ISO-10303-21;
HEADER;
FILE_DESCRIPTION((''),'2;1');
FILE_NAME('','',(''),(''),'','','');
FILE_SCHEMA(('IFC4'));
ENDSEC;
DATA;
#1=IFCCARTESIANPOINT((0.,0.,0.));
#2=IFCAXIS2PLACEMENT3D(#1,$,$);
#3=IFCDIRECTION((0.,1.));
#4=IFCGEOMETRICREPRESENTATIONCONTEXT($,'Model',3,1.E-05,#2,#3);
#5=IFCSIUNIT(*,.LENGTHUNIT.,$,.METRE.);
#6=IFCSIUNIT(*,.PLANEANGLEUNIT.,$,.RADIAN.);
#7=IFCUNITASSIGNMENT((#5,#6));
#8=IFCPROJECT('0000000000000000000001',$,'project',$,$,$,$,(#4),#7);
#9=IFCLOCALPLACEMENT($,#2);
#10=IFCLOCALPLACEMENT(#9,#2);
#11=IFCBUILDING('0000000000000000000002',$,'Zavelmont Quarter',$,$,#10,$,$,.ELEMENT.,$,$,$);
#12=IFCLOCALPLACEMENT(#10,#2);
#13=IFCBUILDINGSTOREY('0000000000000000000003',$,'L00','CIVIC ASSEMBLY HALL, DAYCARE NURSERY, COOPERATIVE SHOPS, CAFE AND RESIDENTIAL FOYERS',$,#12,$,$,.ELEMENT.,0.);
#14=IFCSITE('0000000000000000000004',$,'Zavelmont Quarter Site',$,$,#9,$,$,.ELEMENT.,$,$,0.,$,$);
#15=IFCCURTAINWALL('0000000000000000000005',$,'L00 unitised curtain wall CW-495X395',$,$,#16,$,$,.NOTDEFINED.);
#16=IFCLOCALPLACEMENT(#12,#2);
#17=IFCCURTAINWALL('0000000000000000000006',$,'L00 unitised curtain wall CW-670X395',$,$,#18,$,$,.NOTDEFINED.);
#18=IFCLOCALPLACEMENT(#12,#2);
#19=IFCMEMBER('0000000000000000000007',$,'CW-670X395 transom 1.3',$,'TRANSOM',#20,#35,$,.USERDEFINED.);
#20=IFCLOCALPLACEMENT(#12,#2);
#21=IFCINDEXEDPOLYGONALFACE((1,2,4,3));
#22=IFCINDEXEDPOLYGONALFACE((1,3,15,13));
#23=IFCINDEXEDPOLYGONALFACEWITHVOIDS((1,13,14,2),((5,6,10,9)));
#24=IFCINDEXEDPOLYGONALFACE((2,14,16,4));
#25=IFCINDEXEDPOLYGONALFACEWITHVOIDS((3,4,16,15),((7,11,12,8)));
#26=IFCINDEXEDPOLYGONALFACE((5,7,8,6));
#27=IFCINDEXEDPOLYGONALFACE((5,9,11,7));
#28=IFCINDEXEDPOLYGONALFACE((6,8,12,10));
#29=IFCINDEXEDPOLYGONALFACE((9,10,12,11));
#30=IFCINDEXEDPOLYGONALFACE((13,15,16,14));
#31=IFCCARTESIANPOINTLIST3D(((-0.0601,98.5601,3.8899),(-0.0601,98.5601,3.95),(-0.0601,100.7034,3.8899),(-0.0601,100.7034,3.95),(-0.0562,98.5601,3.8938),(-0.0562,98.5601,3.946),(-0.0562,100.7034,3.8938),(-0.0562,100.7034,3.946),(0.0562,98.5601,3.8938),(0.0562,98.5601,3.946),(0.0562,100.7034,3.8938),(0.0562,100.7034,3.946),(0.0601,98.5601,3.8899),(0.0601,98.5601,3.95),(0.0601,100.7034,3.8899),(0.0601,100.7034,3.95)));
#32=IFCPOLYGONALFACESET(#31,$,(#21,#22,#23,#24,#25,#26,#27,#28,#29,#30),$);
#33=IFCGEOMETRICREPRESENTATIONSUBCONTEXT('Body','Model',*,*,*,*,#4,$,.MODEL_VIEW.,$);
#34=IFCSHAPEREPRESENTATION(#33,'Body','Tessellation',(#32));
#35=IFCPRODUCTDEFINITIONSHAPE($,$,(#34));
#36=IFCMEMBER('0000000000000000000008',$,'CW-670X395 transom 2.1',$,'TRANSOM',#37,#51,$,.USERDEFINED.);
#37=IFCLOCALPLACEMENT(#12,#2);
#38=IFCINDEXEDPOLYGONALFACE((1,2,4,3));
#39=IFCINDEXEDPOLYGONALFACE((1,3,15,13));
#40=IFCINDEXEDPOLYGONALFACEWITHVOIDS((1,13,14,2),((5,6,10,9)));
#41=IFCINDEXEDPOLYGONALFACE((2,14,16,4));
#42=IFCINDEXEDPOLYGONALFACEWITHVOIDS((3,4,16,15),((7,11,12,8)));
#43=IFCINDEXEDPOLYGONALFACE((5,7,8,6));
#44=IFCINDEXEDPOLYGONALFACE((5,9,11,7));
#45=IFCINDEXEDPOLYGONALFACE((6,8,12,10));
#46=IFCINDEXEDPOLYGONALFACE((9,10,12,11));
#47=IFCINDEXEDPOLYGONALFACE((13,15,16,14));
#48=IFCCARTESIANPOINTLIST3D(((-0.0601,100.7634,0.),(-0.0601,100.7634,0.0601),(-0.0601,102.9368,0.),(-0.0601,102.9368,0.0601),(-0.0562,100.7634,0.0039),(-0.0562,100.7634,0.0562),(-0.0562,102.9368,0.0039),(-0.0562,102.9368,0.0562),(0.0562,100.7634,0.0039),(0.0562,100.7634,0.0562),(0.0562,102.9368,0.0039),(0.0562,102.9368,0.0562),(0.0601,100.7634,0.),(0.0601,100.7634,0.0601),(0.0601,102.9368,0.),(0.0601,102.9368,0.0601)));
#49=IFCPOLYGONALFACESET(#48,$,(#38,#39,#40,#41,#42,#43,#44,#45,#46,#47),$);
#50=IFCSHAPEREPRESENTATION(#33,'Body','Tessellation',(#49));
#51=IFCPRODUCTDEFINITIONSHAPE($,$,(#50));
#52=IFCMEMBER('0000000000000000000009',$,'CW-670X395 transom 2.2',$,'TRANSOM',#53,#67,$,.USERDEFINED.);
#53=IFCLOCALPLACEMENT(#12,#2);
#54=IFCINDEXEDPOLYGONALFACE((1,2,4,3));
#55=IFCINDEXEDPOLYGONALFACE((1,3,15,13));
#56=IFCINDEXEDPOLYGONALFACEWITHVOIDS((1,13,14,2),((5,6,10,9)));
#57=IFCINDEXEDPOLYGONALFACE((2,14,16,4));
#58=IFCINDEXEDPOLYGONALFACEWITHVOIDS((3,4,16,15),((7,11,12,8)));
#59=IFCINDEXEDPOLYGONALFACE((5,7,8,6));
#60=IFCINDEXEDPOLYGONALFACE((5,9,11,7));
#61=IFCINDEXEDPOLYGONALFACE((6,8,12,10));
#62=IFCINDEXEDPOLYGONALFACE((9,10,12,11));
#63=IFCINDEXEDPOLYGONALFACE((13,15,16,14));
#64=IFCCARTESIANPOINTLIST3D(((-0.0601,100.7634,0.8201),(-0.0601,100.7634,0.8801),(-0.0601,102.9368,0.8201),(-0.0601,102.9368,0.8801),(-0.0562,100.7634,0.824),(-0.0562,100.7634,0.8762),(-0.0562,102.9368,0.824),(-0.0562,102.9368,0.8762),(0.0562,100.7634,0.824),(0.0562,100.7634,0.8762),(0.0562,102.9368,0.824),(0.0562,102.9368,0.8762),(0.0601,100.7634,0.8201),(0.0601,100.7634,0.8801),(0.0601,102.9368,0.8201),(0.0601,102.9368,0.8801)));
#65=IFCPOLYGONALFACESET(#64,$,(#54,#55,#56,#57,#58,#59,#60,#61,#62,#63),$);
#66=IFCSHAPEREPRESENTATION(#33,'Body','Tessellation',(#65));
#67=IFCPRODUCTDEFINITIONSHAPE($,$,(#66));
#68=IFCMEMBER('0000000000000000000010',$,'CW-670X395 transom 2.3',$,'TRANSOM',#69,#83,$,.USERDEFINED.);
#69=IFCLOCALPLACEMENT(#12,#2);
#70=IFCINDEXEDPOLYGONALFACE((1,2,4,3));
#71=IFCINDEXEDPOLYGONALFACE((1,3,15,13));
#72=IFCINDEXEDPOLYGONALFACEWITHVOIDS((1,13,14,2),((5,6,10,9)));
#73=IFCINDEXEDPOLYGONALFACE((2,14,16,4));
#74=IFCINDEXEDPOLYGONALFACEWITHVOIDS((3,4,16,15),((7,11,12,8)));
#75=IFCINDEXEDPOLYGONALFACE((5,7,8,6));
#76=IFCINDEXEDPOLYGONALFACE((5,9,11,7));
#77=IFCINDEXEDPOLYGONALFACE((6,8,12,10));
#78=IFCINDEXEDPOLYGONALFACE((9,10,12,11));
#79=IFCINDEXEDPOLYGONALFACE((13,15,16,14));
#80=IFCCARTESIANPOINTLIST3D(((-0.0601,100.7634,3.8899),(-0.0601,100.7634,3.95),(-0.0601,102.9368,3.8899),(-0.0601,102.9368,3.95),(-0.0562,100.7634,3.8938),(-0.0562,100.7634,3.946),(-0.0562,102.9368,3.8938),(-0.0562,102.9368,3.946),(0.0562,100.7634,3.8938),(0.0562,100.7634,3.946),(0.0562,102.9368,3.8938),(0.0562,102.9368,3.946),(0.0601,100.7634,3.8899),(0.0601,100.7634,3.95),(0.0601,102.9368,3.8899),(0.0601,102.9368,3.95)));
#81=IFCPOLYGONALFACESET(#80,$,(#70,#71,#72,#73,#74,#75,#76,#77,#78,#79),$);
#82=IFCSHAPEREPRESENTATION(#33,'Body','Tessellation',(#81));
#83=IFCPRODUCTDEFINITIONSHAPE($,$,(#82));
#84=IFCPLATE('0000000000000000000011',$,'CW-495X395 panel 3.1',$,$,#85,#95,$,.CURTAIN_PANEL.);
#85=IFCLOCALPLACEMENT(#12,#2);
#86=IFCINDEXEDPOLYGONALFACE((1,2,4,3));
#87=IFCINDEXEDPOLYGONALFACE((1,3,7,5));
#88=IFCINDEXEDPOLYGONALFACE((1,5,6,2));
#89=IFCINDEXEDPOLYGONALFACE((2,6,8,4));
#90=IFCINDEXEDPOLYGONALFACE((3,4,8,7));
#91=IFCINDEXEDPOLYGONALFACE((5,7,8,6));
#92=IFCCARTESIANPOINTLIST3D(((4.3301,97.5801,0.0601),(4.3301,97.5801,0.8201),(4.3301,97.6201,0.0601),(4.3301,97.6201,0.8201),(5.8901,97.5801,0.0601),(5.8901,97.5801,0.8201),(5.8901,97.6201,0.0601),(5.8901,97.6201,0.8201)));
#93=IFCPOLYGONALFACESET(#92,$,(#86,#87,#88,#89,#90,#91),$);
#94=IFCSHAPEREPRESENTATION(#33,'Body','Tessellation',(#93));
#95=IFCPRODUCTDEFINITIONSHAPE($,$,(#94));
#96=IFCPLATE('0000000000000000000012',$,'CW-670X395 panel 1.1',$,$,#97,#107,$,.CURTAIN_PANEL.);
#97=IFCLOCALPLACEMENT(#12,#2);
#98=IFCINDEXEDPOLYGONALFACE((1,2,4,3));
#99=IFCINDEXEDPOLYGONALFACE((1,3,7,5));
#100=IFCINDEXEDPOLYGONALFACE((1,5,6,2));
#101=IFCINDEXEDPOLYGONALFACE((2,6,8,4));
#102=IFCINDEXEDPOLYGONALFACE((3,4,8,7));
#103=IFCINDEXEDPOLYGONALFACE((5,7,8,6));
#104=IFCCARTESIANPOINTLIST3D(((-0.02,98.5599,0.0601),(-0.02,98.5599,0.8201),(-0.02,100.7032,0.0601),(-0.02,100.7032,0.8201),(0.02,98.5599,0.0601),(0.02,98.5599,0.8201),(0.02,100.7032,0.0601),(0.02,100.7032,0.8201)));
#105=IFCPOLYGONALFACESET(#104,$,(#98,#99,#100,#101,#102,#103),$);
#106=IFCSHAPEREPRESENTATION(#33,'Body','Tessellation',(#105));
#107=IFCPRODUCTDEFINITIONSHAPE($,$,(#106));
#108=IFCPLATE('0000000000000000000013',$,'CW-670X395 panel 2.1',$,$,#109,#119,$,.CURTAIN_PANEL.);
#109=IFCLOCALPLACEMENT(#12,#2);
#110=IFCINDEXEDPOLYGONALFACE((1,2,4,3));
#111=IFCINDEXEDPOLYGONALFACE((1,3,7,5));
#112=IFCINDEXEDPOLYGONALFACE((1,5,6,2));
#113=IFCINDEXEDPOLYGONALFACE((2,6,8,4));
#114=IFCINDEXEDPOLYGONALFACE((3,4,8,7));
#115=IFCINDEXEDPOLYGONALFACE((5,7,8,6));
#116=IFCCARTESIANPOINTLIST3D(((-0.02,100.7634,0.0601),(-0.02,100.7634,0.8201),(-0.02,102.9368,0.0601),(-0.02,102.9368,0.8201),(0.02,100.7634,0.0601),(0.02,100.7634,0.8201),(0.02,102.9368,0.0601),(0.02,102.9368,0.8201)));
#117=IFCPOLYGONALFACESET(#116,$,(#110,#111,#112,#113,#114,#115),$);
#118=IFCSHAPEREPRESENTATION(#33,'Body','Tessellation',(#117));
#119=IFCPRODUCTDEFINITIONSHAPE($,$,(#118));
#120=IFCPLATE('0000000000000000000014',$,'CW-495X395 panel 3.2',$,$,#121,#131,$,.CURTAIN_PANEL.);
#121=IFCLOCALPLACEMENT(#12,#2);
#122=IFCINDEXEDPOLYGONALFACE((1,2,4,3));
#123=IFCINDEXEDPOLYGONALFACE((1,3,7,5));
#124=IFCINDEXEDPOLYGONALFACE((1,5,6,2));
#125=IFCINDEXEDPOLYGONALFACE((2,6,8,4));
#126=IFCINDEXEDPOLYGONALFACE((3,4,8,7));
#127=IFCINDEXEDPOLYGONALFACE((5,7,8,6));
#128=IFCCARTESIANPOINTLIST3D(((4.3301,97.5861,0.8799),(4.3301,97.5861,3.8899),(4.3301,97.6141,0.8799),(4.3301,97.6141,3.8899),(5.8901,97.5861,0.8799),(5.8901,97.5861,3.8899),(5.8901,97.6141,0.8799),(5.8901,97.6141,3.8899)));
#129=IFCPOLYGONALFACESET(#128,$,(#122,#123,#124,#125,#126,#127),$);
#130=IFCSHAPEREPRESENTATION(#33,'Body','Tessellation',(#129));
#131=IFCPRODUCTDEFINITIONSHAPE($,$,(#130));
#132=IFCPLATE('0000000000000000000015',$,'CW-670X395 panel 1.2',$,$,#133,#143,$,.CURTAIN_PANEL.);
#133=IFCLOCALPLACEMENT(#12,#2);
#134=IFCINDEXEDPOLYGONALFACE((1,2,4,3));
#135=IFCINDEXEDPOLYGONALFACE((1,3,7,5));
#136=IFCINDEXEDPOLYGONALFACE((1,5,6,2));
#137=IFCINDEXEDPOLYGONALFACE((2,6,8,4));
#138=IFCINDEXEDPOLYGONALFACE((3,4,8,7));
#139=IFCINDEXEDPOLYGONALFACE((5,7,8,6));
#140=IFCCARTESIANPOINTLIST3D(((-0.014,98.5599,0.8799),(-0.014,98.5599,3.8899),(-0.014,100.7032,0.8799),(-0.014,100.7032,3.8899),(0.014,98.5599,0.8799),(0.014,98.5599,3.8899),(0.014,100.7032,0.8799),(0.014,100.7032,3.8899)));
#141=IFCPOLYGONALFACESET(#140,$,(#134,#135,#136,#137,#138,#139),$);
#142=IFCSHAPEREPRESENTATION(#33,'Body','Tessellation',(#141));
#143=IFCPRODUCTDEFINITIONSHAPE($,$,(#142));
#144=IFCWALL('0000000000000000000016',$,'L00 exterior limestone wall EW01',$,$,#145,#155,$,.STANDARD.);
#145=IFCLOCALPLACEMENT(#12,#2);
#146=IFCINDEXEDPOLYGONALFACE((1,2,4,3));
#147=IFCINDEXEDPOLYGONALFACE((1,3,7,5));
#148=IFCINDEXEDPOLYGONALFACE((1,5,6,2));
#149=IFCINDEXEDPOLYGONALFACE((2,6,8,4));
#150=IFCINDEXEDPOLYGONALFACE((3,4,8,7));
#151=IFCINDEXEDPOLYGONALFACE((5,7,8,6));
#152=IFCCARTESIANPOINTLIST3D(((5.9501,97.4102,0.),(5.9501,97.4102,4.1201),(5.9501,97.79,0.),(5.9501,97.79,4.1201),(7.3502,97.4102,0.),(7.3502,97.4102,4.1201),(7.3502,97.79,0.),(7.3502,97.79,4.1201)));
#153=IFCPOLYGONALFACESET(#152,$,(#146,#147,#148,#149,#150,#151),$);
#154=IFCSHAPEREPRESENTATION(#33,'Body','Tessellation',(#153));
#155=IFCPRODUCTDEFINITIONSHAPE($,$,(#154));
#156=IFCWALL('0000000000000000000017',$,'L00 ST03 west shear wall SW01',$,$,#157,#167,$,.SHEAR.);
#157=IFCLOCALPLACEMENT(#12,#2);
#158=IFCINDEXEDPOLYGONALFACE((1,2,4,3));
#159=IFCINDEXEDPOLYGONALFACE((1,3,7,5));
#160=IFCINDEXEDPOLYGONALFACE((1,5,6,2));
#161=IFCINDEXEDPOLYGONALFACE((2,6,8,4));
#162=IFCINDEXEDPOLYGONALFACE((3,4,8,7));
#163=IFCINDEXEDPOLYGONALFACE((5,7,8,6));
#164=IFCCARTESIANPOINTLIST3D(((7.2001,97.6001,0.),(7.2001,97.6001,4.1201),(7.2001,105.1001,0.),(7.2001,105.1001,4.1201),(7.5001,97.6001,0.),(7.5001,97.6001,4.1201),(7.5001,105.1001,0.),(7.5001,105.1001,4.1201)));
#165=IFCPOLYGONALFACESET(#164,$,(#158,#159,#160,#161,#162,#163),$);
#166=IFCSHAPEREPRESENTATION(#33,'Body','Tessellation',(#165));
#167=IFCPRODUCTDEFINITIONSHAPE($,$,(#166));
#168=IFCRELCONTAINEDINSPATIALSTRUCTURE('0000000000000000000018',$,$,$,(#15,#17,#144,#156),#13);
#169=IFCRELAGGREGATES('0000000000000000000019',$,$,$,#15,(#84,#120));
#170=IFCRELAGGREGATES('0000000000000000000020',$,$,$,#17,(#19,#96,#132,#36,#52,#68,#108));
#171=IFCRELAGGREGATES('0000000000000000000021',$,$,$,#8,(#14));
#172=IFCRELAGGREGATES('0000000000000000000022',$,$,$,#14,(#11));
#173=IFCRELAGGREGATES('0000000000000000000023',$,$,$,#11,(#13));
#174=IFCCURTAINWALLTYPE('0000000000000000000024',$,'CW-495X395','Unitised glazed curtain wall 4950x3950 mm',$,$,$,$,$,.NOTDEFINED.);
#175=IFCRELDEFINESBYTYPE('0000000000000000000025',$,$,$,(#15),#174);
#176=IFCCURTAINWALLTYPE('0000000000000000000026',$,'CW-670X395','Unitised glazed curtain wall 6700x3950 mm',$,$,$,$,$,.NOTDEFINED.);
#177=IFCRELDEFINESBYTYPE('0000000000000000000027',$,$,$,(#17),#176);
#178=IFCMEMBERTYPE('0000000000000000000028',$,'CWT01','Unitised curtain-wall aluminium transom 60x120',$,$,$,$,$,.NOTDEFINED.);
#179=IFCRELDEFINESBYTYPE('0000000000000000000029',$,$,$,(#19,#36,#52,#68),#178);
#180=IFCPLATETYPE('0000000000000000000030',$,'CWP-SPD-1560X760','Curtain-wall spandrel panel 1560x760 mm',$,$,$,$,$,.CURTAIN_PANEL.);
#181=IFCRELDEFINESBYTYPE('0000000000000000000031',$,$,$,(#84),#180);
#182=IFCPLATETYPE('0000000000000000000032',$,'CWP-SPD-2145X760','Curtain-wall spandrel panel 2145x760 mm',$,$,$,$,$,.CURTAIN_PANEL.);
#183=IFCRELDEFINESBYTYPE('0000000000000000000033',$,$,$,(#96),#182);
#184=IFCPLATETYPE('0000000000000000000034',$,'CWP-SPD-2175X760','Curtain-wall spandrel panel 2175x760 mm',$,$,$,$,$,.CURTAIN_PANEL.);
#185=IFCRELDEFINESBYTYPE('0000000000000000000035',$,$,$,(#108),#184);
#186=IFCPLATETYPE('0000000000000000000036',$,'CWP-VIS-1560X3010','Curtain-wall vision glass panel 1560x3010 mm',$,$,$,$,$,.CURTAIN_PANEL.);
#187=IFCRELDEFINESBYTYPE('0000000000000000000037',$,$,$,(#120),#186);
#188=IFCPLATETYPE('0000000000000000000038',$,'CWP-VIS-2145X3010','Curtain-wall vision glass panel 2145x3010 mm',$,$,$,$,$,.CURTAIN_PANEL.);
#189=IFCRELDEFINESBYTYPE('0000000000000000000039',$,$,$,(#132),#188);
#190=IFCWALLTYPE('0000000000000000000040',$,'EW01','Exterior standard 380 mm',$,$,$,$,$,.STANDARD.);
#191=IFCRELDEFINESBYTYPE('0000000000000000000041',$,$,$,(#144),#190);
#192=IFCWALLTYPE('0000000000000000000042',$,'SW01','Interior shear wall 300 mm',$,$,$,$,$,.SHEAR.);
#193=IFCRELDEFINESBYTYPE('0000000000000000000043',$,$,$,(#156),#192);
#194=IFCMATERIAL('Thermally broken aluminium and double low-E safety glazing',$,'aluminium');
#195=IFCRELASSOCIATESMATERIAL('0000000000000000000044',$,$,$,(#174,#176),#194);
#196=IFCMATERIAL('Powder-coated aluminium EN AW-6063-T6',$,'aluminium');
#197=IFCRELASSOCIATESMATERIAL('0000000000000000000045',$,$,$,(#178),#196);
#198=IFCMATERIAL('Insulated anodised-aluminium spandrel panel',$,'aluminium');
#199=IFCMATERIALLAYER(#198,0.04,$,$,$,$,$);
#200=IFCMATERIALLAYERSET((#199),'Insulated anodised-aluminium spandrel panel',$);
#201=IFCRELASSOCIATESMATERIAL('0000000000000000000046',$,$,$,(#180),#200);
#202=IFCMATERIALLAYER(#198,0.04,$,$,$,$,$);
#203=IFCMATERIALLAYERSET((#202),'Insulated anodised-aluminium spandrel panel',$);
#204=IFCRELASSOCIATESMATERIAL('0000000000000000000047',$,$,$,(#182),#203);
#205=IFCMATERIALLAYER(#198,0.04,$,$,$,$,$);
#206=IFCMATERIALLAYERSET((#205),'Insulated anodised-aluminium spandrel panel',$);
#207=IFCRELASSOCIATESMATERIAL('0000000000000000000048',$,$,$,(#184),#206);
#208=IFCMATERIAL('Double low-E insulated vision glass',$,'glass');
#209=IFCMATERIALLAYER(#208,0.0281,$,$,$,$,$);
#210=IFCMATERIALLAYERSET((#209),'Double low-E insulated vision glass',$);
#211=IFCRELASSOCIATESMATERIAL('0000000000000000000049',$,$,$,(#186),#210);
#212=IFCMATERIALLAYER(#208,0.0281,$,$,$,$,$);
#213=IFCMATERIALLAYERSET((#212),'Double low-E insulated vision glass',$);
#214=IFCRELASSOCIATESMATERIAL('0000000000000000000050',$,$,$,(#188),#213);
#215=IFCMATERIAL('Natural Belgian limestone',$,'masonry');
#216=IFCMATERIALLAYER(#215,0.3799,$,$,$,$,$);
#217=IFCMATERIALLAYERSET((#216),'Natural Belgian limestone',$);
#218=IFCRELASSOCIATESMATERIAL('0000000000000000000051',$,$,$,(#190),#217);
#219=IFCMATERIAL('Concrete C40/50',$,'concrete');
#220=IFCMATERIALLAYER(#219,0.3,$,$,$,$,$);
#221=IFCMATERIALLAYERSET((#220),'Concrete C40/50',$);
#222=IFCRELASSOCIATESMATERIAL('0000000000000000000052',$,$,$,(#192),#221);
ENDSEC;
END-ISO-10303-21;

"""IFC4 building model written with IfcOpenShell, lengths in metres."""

from ifc_helpers import new_model, si_unit, direction, frame, frame_2d, origin, origin_2d, place, context, subcontext, project, spatial, rectangle, hollow_rectangle, extrude, material, layer, layer_set, material_profile, profile_set, type_object, element, aggregate, save


model = new_model("IFC4")

# Units and contexts
model_context = context("Model", 3, precision=1e-05, world=origin(), true_north=direction((0.0, 1.0)))
body_context = subcontext(model_context, "Body", "Model", "MODEL_VIEW")
ifc_project = project(units=[si_unit("LENGTHUNIT", "METRE"), si_unit("PLANEANGLEUNIT", "RADIAN")], contexts=[model_context])

# Site, building, storey
site_placement = place(None, origin())
site = spatial("IfcSite", under=ifc_project, at=site_placement, Name="Zavelmont Quarter Site", CompositionType="ELEMENT", RefElevation=0.0)
building_placement = place(site_placement, origin())
building = spatial("IfcBuilding", under=site, at=building_placement, Name="Zavelmont Quarter", CompositionType="ELEMENT")
storey_placement = place(building_placement, origin())
storey = spatial("IfcBuildingStorey", under=building, at=storey_placement, Name="L00", Description="CIVIC ASSEMBLY HALL, DAYCARE NURSERY, COOPERATIVE SHOPS, CAFE AND RESIDENTIAL FOYERS", CompositionType="ELEMENT", Elevation=0.0)

# Shared definitions
ifc_material_1 = material(Name="Concrete C40/50", Category="concrete")

# Curtain wall
ifc_material_2 = material(Name="Thermally broken aluminium and double low-E safety glazing", Category="aluminium")
curtain_wall_type_1 = type_object("IfcCurtainWallType", Name="CW-495X395", Description="Unitised glazed curtain wall 4950x3950 mm", PredefinedType="NOTDEFINED", material=ifc_material_2)
curtain_wall_1_placement = place(storey_placement, origin())
curtain_wall_1 = element("IfcCurtainWall", 1, at=curtain_wall_1_placement, inside=storey, type_object=curtain_wall_type_1, Name="L00 unitised curtain wall CW-495X395", PredefinedType="NOTDEFINED")
ifc_material_3 = material(Name="Powder-coated aluminium EN AW-6063-T6", Category="aluminium")

# Curtain wall, members
curtain_wall_type_2 = type_object("IfcCurtainWallType", Name="CW-670X395", Description="Unitised glazed curtain wall 6700x3950 mm", PredefinedType="NOTDEFINED", material=ifc_material_2)
curtain_wall_2_placement = place(storey_placement, origin())
curtain_wall_2 = element("IfcCurtainWall", 2, at=curtain_wall_2_placement, inside=storey, type_object=curtain_wall_type_2, Name="L00 unitised curtain wall CW-670X395", PredefinedType="NOTDEFINED")
ifc_material_profile_1 = material_profile(ifc_material_3, hollow_rectangle(XDim=0.1201, YDim=0.0601, WallThickness=0.0039, at=origin_2d()), Name="CWT60X120")
ifc_profile_set_1 = profile_set([ifc_material_profile_1], Name="Powder-coated aluminium EN AW-6063-T6")
member_type_1 = type_object("IfcMemberType", Name="CWT01", Description="Unitised curtain-wall aluminium transom 60x120", PredefinedType="NOTDEFINED", material=ifc_profile_set_1)
member_1_placement = place(storey_placement, frame((0.0, 98.5601, 3.9199), z_axis=(0.0, 1.0, 0.0), x_axis=(-1.0, 0.0, 0.0)))
member_1 = element("IfcMember", 3, at=member_1_placement, type_object=member_type_1, Name="CW-670X395 transom 1.3", ObjectType="TRANSOM", PredefinedType="USERDEFINED", context=body_context, shape_type="SweptSolid", body=[
    extrude(hollow_rectangle(XDim=0.1201, YDim=0.0601, WallThickness=0.0039, at=origin_2d()), origin(), (0.0, 0.0, 1.0), 2.1433),
])
member_2_placement = place(storey_placement, frame((0.0, 100.7634, 0.03), z_axis=(0.0, 1.0, 0.0), x_axis=(-1.0, 0.0, 0.0)))
member_2 = element("IfcMember", 4, at=member_2_placement, type_object=member_type_1, Name="CW-670X395 transom 2.1", ObjectType="TRANSOM", PredefinedType="USERDEFINED", context=body_context, shape_type="SweptSolid", body=[
    extrude(hollow_rectangle(XDim=0.1201, YDim=0.0601, WallThickness=0.0039, at=origin_2d()), origin(), (0.0, 0.0, 1.0), 2.1733),
])
member_3_placement = place(storey_placement, frame((0.0, 100.7634, 0.8501), z_axis=(0.0, 1.0, 0.0), x_axis=(-1.0, 0.0, 0.0)))
member_3 = element("IfcMember", 5, at=member_3_placement, type_object=member_type_1, Name="CW-670X395 transom 2.2", ObjectType="TRANSOM", PredefinedType="USERDEFINED", context=body_context, shape_type="SweptSolid", body=[
    extrude(hollow_rectangle(XDim=0.1201, YDim=0.0601, WallThickness=0.0039, at=origin_2d()), origin(), (0.0, 0.0, 1.0), 2.1733),
])
member_4_placement = place(storey_placement, frame((0.0, 100.7634, 3.9199), z_axis=(0.0, 1.0, 0.0), x_axis=(-1.0, 0.0, 0.0)))
member_4 = element("IfcMember", 6, at=member_4_placement, type_object=member_type_1, Name="CW-670X395 transom 2.3", ObjectType="TRANSOM", PredefinedType="USERDEFINED", context=body_context, shape_type="SweptSolid", body=[
    extrude(hollow_rectangle(XDim=0.1201, YDim=0.0601, WallThickness=0.0039, at=origin_2d()), origin(), (0.0, 0.0, 1.0), 2.1733),
])

# Plates
ifc_material_4 = material(Name="Insulated anodised-aluminium spandrel panel", Category="aluminium")
ifc_layer_1 = layer(ifc_material_4, 0.04)
ifc_layer_set_1 = layer_set([ifc_layer_1], Name="Insulated anodised-aluminium spandrel panel")
plate_type_1 = type_object("IfcPlateType", Name="CWP-SPD-1560X760", Description="Curtain-wall spandrel panel 1560x760 mm", PredefinedType="CURTAIN_PANEL", material=ifc_layer_set_1)
plate_1_placement = place(storey_placement, frame((5.1101, 97.6001, 0.0601), z_axis=(0.0, 0.0, 1.0), x_axis=(1.0, 0.0, 0.0)))
plate_1 = element("IfcPlate", 7, at=plate_1_placement, type_object=plate_type_1, Name="CW-495X395 panel 3.1", PredefinedType="CURTAIN_PANEL", context=body_context, shape_type="SweptSolid", body=[
    extrude(rectangle(XDim=1.5601, YDim=0.04, at=origin_2d()), origin(), (0.0, 0.0, 1.0), 0.76),
])
ifc_layer_2 = layer(ifc_material_4, 0.04)
ifc_layer_set_2 = layer_set([ifc_layer_2], Name="Insulated anodised-aluminium spandrel panel")
plate_type_2 = type_object("IfcPlateType", Name="CWP-SPD-2145X760", Description="Curtain-wall spandrel panel 2145x760 mm", PredefinedType="CURTAIN_PANEL", material=ifc_layer_set_2)
plate_2_placement = place(storey_placement, frame((0.0, 99.6316, 0.0601), z_axis=(0.0, 0.0, 1.0), x_axis=(0.0, 1.0, 0.0)))
plate_2 = element("IfcPlate", 8, at=plate_2_placement, type_object=plate_type_2, Name="CW-670X395 panel 1.1", PredefinedType="CURTAIN_PANEL", context=body_context, shape_type="SweptSolid", body=[
    extrude(rectangle(XDim=2.1433, YDim=0.04, at=origin_2d()), origin(), (0.0, 0.0, 1.0), 0.76),
])
ifc_layer_3 = layer(ifc_material_4, 0.04)
ifc_layer_set_3 = layer_set([ifc_layer_3], Name="Insulated anodised-aluminium spandrel panel")
plate_type_3 = type_object("IfcPlateType", Name="CWP-SPD-2175X760", Description="Curtain-wall spandrel panel 2175x760 mm", PredefinedType="CURTAIN_PANEL", material=ifc_layer_set_3)
plate_3_placement = place(storey_placement, frame((0.0, 101.8501, 0.0601), z_axis=(0.0, 0.0, 1.0), x_axis=(0.0, 1.0, 0.0)))
plate_3 = element("IfcPlate", 9, at=plate_3_placement, type_object=plate_type_3, Name="CW-670X395 panel 2.1", PredefinedType="CURTAIN_PANEL", context=body_context, shape_type="SweptSolid", body=[
    extrude(rectangle(XDim=2.1733, YDim=0.04, at=origin_2d()), origin(), (0.0, 0.0, 1.0), 0.76),
])
ifc_material_5 = material(Name="Double low-E insulated vision glass", Category="glass")
ifc_layer_4 = layer(ifc_material_5, 0.0281)
ifc_layer_set_4 = layer_set([ifc_layer_4], Name="Double low-E insulated vision glass")
plate_type_4 = type_object("IfcPlateType", Name="CWP-VIS-1560X3010", Description="Curtain-wall vision glass panel 1560x3010 mm", PredefinedType="CURTAIN_PANEL", material=ifc_layer_set_4)
plate_4_placement = place(storey_placement, frame((5.1101, 97.6001, 0.8799), z_axis=(0.0, 0.0, 1.0), x_axis=(1.0, 0.0, 0.0)))
plate_4 = element("IfcPlate", 10, at=plate_4_placement, type_object=plate_type_4, Name="CW-495X395 panel 3.2", PredefinedType="CURTAIN_PANEL", context=body_context, shape_type="SweptSolid", body=[
    extrude(rectangle(XDim=1.5601, YDim=0.0281, at=origin_2d()), origin(), (0.0, 0.0, 1.0), 3.01),
])
aggregate(curtain_wall_1, [plate_1, plate_4])
ifc_layer_5 = layer(ifc_material_5, 0.0281)
ifc_layer_set_5 = layer_set([ifc_layer_5], Name="Double low-E insulated vision glass")
plate_type_5 = type_object("IfcPlateType", Name="CWP-VIS-2145X3010", Description="Curtain-wall vision glass panel 2145x3010 mm", PredefinedType="CURTAIN_PANEL", material=ifc_layer_set_5)
plate_5_placement = place(storey_placement, frame((0.0, 99.6316, 0.8799), z_axis=(0.0, 0.0, 1.0), x_axis=(0.0, 1.0, 0.0)))
plate_5 = element("IfcPlate", 11, at=plate_5_placement, type_object=plate_type_5, Name="CW-670X395 panel 1.2", PredefinedType="CURTAIN_PANEL", context=body_context, shape_type="SweptSolid", body=[
    extrude(rectangle(XDim=2.1433, YDim=0.0281, at=origin_2d()), origin(), (0.0, 0.0, 1.0), 3.01),
])
aggregate(curtain_wall_2, [member_1, plate_2, plate_5, member_2, member_3, member_4, plate_3])

# Walls
ifc_material_6 = material(Name="Natural Belgian limestone", Category="masonry")
ifc_layer_6 = layer(ifc_material_6, 0.3799)
ifc_layer_set_6 = layer_set([ifc_layer_6], Name="Natural Belgian limestone")
wall_type_1 = type_object("IfcWallType", Name="EW01", Description="Exterior standard 380 mm", PredefinedType="STANDARD", material=ifc_layer_set_6)
wall_1_placement = place(storey_placement, frame((5.95, 97.6001, 0.0), z_axis=(0.0, 0.0, 1.0), x_axis=(1.0, 0.0, 0.0)))
element("IfcWall", 12, at=wall_1_placement, inside=storey, type_object=wall_type_1, Name="L00 exterior limestone wall EW01", PredefinedType="STANDARD", context=body_context, shape_type="SweptSolid", body=[
    extrude(rectangle(XDim=1.4001, YDim=0.3799, at=frame_2d((0.7002, 0.0))), origin(), (0.0, 0.0, 1.0), 4.1201),
])
ifc_layer_7 = layer(ifc_material_1, 0.3)
ifc_layer_set_7 = layer_set([ifc_layer_7], Name="Concrete C40/50")
wall_type_2 = type_object("IfcWallType", Name="SW01", Description="Interior shear wall 300 mm", PredefinedType="SHEAR", material=ifc_layer_set_7)
wall_2_placement = place(storey_placement, frame((7.3501, 97.6001, 0.0), z_axis=(0.0, 0.0, 1.0), x_axis=(0.0, 1.0, 0.0)))
element("IfcWall", 13, at=wall_2_placement, inside=storey, type_object=wall_type_2, Name="L00 ST03 west shear wall SW01", PredefinedType="SHEAR", context=body_context, shape_type="SweptSolid", body=[
    extrude(rectangle(XDim=7.5, YDim=0.3, at=frame_2d((3.75, 0.0))), origin(), (0.0, 0.0, 1.0), 4.1201),
])

save(model, "model.ifc")
